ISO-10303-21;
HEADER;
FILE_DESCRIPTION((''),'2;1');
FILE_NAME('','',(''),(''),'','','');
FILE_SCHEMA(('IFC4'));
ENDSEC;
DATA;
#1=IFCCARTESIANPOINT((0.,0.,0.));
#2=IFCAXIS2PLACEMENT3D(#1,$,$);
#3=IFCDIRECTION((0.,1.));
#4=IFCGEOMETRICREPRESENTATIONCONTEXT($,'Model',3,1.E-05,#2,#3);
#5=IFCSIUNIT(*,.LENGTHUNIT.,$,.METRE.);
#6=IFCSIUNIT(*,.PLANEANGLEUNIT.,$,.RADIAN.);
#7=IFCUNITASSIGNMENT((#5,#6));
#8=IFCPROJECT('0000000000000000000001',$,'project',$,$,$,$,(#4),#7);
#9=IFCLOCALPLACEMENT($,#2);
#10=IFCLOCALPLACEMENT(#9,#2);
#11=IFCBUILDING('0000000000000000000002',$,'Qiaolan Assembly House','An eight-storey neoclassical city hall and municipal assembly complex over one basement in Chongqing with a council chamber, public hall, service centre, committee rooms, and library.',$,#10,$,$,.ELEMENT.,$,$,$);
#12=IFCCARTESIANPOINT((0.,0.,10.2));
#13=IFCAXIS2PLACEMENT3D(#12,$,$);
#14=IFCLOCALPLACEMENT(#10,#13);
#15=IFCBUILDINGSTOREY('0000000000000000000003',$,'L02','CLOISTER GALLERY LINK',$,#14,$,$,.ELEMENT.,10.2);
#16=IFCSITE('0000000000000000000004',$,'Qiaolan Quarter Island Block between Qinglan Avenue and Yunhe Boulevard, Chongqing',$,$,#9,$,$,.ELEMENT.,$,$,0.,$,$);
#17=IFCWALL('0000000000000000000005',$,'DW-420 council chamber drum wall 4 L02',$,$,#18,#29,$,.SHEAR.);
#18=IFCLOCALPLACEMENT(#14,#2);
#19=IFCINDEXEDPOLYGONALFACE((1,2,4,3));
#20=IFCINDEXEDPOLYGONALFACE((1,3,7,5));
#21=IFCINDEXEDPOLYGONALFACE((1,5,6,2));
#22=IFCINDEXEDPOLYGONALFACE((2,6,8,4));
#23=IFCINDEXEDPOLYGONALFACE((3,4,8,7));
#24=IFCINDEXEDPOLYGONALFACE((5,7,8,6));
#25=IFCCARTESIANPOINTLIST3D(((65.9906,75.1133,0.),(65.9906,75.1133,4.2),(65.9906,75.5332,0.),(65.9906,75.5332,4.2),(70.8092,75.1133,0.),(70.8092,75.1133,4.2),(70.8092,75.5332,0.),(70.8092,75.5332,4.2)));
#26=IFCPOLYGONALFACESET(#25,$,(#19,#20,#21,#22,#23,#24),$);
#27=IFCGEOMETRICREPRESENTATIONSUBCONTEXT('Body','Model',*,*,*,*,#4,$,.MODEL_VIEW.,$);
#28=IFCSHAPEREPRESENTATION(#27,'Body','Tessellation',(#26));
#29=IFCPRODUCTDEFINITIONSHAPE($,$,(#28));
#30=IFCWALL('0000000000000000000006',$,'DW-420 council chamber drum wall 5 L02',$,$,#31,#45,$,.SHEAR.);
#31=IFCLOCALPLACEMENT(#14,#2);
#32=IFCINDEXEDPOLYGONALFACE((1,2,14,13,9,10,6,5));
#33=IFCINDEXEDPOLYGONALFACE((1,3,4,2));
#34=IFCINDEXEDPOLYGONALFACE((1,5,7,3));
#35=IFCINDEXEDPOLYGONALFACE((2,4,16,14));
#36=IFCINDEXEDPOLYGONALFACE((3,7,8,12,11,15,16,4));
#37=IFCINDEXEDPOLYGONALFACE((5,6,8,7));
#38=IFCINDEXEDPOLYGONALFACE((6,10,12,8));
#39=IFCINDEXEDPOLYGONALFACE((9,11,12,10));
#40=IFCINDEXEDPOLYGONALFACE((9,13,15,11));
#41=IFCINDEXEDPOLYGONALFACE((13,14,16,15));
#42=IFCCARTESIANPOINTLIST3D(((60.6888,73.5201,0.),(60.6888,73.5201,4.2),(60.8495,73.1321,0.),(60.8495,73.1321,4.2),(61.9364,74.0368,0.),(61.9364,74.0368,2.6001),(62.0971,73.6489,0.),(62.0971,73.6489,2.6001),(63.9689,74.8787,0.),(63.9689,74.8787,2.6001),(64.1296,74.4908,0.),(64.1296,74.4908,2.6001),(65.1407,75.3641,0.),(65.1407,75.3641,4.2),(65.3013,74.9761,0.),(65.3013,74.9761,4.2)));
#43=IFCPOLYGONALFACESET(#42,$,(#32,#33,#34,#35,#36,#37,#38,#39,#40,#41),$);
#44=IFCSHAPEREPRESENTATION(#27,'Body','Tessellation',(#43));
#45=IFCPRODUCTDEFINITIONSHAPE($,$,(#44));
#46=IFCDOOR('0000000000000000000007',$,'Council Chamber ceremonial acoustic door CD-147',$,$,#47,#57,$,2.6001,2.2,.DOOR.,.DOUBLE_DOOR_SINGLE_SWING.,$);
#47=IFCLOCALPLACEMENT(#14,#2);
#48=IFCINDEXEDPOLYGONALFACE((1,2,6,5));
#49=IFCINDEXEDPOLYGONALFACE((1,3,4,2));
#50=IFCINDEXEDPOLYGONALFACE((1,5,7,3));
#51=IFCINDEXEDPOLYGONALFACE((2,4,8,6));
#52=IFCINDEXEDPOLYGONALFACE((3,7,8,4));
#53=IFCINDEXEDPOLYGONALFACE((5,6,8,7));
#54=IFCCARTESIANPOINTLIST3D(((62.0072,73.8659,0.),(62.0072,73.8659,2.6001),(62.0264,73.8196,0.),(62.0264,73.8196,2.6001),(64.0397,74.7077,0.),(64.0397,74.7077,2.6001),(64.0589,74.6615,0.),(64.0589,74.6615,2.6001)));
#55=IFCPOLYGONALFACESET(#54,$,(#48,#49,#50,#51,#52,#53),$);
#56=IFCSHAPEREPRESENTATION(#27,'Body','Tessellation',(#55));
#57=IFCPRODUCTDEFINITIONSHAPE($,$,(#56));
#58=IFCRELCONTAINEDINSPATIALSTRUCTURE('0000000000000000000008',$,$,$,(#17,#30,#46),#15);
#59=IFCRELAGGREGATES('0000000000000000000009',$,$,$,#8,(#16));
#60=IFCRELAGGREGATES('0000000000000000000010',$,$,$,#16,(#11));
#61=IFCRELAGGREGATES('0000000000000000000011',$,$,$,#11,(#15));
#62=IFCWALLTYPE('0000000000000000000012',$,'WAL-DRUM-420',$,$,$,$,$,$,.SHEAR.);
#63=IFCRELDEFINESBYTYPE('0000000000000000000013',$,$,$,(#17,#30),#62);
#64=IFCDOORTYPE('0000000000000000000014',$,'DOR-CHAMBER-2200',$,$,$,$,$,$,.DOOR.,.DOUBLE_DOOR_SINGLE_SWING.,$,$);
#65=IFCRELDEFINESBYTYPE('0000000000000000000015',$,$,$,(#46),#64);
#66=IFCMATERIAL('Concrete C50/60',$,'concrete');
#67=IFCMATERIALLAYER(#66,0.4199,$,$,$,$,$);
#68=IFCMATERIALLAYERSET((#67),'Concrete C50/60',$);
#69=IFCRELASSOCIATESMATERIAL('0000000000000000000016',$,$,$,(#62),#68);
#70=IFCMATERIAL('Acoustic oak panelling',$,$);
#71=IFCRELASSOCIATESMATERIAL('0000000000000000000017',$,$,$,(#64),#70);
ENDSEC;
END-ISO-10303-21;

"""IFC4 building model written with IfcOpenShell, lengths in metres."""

from ifc_helpers import new_model, si_unit, direction, frame, frame_2d, origin, place, context, subcontext, project, spatial, rectangle, extrude, material, layer, layer_set, type_object, element, fill, save


model = new_model("IFC4")

# Units and contexts
model_context = context("Model", 3, precision=1e-05, world=origin(), true_north=direction((0.0, 1.0)))
body_context = subcontext(model_context, "Body", "Model", "MODEL_VIEW")
ifc_project = project(units=[si_unit("LENGTHUNIT", "METRE"), si_unit("PLANEANGLEUNIT", "RADIAN")], contexts=[model_context])

# Site, building, storey
site_placement = place(None, origin())
site = spatial("IfcSite", under=ifc_project, at=site_placement, Name="Qiaolan Quarter Island Block between Qinglan Avenue and Yunhe Boulevard, Chongqing", CompositionType="ELEMENT", RefElevation=0.0)
building_placement = place(site_placement, origin())
building = spatial("IfcBuilding", under=site, at=building_placement, Name="Qiaolan Assembly House", Description="An eight-storey neoclassical city hall and municipal assembly complex over one basement in Chongqing with a council chamber, public hall, service centre, committee rooms, and library.", CompositionType="ELEMENT")
storey_placement = place(building_placement, frame((0.0, 0.0, 10.2)))
storey = spatial("IfcBuildingStorey", under=building, at=storey_placement, Name="L02", Description="CLOISTER GALLERY LINK", CompositionType="ELEMENT", Elevation=10.2)

# Shared definitions
ifc_material_1 = material(Name="Concrete C50/60", Category="concrete")

# Wall
ifc_layer_1 = layer(ifc_material_1, 0.4199)
ifc_layer_set_1 = layer_set([ifc_layer_1], Name="Concrete C50/60")
wall_type = type_object("IfcWallType", Name="WAL-DRUM-420", PredefinedType="SHEAR", material=ifc_layer_set_1)
wall_1_placement = place(storey_placement, frame((65.9907, 75.3232, 0.0), z_axis=(0.0, 0.0, 1.0), x_axis=(1.0, 0.0, 0.0)))
element("IfcWall", 1, at=wall_1_placement, inside=storey, type_object=wall_type, Name="DW-420 council chamber drum wall 4 L02", PredefinedType="SHEAR", context=body_context, shape_type="SweptSolid", body=[
    extrude(rectangle(XDim=4.8186, YDim=0.4199, at=frame_2d((2.4092, 0.0))), origin(), (0.0, 0.0, 1.0), 4.2),
])

# Wall, opening, door
wall_2_placement = place(storey_placement, frame((60.7693, 73.3262, 0.0), z_axis=(0.0, 0.0, 1.0), x_axis=(0.923883, 0.382675, 0.0)))
wall_2 = element("IfcWall", 2, at=wall_2_placement, inside=storey, type_object=wall_type, Name="DW-420 council chamber drum wall 5 L02", PredefinedType="SHEAR", context=body_context, shape_type="SweptSolid", body=[
    extrude(rectangle(XDim=4.8186, YDim=0.4199, at=frame_2d((2.4092, 0.0))), origin(), (0.0, 0.0, 1.0), 4.2),
])
opening_placement = place(wall_2_placement, frame((1.3501, 0.0, 0.0)))
opening = element("IfcOpeningElement", 3, at=opening_placement, cuts=wall_2, PredefinedType="OPENING", context=body_context, shape_type="SweptSolid", body=[
    extrude(rectangle(XDim=2.2, YDim=2.6001, at=frame_2d((1.1001, 1.3))), frame((0.0, 0.22, 0.0), z_axis=(0.0, -1.0, 0.0), x_axis=(1.0, 0.0, 0.0)), (0.0, 0.0, 1.0), 0.4399),
])
ifc_material_2 = material(Name="Acoustic oak panelling")
door_type = type_object("IfcDoorType", Name="DOR-CHAMBER-2200", OperationType="DOUBLE_DOOR_SINGLE_SWING", PredefinedType="DOOR", material=ifc_material_2)
door_placement = place(opening_placement, origin())
door = element("IfcDoor", 4, at=door_placement, inside=storey, type_object=door_type, Name="Council Chamber ceremonial acoustic door CD-147", OperationType="DOUBLE_DOOR_SINGLE_SWING", OverallHeight=2.6001, OverallWidth=2.2, PredefinedType="DOOR", context=body_context, shape_type="SweptSolid", body=[
    extrude(rectangle(XDim=2.2, YDim=2.6001, at=frame_2d((1.1001, 1.3))), frame((0.0, 0.0249, 0.0), z_axis=(0.0, -1.0, 0.0), x_axis=(1.0, 0.0, 0.0)), (0.0, 0.0, 1.0), 0.05),
])
fill(opening, door)

save(model, "model.ifc")
